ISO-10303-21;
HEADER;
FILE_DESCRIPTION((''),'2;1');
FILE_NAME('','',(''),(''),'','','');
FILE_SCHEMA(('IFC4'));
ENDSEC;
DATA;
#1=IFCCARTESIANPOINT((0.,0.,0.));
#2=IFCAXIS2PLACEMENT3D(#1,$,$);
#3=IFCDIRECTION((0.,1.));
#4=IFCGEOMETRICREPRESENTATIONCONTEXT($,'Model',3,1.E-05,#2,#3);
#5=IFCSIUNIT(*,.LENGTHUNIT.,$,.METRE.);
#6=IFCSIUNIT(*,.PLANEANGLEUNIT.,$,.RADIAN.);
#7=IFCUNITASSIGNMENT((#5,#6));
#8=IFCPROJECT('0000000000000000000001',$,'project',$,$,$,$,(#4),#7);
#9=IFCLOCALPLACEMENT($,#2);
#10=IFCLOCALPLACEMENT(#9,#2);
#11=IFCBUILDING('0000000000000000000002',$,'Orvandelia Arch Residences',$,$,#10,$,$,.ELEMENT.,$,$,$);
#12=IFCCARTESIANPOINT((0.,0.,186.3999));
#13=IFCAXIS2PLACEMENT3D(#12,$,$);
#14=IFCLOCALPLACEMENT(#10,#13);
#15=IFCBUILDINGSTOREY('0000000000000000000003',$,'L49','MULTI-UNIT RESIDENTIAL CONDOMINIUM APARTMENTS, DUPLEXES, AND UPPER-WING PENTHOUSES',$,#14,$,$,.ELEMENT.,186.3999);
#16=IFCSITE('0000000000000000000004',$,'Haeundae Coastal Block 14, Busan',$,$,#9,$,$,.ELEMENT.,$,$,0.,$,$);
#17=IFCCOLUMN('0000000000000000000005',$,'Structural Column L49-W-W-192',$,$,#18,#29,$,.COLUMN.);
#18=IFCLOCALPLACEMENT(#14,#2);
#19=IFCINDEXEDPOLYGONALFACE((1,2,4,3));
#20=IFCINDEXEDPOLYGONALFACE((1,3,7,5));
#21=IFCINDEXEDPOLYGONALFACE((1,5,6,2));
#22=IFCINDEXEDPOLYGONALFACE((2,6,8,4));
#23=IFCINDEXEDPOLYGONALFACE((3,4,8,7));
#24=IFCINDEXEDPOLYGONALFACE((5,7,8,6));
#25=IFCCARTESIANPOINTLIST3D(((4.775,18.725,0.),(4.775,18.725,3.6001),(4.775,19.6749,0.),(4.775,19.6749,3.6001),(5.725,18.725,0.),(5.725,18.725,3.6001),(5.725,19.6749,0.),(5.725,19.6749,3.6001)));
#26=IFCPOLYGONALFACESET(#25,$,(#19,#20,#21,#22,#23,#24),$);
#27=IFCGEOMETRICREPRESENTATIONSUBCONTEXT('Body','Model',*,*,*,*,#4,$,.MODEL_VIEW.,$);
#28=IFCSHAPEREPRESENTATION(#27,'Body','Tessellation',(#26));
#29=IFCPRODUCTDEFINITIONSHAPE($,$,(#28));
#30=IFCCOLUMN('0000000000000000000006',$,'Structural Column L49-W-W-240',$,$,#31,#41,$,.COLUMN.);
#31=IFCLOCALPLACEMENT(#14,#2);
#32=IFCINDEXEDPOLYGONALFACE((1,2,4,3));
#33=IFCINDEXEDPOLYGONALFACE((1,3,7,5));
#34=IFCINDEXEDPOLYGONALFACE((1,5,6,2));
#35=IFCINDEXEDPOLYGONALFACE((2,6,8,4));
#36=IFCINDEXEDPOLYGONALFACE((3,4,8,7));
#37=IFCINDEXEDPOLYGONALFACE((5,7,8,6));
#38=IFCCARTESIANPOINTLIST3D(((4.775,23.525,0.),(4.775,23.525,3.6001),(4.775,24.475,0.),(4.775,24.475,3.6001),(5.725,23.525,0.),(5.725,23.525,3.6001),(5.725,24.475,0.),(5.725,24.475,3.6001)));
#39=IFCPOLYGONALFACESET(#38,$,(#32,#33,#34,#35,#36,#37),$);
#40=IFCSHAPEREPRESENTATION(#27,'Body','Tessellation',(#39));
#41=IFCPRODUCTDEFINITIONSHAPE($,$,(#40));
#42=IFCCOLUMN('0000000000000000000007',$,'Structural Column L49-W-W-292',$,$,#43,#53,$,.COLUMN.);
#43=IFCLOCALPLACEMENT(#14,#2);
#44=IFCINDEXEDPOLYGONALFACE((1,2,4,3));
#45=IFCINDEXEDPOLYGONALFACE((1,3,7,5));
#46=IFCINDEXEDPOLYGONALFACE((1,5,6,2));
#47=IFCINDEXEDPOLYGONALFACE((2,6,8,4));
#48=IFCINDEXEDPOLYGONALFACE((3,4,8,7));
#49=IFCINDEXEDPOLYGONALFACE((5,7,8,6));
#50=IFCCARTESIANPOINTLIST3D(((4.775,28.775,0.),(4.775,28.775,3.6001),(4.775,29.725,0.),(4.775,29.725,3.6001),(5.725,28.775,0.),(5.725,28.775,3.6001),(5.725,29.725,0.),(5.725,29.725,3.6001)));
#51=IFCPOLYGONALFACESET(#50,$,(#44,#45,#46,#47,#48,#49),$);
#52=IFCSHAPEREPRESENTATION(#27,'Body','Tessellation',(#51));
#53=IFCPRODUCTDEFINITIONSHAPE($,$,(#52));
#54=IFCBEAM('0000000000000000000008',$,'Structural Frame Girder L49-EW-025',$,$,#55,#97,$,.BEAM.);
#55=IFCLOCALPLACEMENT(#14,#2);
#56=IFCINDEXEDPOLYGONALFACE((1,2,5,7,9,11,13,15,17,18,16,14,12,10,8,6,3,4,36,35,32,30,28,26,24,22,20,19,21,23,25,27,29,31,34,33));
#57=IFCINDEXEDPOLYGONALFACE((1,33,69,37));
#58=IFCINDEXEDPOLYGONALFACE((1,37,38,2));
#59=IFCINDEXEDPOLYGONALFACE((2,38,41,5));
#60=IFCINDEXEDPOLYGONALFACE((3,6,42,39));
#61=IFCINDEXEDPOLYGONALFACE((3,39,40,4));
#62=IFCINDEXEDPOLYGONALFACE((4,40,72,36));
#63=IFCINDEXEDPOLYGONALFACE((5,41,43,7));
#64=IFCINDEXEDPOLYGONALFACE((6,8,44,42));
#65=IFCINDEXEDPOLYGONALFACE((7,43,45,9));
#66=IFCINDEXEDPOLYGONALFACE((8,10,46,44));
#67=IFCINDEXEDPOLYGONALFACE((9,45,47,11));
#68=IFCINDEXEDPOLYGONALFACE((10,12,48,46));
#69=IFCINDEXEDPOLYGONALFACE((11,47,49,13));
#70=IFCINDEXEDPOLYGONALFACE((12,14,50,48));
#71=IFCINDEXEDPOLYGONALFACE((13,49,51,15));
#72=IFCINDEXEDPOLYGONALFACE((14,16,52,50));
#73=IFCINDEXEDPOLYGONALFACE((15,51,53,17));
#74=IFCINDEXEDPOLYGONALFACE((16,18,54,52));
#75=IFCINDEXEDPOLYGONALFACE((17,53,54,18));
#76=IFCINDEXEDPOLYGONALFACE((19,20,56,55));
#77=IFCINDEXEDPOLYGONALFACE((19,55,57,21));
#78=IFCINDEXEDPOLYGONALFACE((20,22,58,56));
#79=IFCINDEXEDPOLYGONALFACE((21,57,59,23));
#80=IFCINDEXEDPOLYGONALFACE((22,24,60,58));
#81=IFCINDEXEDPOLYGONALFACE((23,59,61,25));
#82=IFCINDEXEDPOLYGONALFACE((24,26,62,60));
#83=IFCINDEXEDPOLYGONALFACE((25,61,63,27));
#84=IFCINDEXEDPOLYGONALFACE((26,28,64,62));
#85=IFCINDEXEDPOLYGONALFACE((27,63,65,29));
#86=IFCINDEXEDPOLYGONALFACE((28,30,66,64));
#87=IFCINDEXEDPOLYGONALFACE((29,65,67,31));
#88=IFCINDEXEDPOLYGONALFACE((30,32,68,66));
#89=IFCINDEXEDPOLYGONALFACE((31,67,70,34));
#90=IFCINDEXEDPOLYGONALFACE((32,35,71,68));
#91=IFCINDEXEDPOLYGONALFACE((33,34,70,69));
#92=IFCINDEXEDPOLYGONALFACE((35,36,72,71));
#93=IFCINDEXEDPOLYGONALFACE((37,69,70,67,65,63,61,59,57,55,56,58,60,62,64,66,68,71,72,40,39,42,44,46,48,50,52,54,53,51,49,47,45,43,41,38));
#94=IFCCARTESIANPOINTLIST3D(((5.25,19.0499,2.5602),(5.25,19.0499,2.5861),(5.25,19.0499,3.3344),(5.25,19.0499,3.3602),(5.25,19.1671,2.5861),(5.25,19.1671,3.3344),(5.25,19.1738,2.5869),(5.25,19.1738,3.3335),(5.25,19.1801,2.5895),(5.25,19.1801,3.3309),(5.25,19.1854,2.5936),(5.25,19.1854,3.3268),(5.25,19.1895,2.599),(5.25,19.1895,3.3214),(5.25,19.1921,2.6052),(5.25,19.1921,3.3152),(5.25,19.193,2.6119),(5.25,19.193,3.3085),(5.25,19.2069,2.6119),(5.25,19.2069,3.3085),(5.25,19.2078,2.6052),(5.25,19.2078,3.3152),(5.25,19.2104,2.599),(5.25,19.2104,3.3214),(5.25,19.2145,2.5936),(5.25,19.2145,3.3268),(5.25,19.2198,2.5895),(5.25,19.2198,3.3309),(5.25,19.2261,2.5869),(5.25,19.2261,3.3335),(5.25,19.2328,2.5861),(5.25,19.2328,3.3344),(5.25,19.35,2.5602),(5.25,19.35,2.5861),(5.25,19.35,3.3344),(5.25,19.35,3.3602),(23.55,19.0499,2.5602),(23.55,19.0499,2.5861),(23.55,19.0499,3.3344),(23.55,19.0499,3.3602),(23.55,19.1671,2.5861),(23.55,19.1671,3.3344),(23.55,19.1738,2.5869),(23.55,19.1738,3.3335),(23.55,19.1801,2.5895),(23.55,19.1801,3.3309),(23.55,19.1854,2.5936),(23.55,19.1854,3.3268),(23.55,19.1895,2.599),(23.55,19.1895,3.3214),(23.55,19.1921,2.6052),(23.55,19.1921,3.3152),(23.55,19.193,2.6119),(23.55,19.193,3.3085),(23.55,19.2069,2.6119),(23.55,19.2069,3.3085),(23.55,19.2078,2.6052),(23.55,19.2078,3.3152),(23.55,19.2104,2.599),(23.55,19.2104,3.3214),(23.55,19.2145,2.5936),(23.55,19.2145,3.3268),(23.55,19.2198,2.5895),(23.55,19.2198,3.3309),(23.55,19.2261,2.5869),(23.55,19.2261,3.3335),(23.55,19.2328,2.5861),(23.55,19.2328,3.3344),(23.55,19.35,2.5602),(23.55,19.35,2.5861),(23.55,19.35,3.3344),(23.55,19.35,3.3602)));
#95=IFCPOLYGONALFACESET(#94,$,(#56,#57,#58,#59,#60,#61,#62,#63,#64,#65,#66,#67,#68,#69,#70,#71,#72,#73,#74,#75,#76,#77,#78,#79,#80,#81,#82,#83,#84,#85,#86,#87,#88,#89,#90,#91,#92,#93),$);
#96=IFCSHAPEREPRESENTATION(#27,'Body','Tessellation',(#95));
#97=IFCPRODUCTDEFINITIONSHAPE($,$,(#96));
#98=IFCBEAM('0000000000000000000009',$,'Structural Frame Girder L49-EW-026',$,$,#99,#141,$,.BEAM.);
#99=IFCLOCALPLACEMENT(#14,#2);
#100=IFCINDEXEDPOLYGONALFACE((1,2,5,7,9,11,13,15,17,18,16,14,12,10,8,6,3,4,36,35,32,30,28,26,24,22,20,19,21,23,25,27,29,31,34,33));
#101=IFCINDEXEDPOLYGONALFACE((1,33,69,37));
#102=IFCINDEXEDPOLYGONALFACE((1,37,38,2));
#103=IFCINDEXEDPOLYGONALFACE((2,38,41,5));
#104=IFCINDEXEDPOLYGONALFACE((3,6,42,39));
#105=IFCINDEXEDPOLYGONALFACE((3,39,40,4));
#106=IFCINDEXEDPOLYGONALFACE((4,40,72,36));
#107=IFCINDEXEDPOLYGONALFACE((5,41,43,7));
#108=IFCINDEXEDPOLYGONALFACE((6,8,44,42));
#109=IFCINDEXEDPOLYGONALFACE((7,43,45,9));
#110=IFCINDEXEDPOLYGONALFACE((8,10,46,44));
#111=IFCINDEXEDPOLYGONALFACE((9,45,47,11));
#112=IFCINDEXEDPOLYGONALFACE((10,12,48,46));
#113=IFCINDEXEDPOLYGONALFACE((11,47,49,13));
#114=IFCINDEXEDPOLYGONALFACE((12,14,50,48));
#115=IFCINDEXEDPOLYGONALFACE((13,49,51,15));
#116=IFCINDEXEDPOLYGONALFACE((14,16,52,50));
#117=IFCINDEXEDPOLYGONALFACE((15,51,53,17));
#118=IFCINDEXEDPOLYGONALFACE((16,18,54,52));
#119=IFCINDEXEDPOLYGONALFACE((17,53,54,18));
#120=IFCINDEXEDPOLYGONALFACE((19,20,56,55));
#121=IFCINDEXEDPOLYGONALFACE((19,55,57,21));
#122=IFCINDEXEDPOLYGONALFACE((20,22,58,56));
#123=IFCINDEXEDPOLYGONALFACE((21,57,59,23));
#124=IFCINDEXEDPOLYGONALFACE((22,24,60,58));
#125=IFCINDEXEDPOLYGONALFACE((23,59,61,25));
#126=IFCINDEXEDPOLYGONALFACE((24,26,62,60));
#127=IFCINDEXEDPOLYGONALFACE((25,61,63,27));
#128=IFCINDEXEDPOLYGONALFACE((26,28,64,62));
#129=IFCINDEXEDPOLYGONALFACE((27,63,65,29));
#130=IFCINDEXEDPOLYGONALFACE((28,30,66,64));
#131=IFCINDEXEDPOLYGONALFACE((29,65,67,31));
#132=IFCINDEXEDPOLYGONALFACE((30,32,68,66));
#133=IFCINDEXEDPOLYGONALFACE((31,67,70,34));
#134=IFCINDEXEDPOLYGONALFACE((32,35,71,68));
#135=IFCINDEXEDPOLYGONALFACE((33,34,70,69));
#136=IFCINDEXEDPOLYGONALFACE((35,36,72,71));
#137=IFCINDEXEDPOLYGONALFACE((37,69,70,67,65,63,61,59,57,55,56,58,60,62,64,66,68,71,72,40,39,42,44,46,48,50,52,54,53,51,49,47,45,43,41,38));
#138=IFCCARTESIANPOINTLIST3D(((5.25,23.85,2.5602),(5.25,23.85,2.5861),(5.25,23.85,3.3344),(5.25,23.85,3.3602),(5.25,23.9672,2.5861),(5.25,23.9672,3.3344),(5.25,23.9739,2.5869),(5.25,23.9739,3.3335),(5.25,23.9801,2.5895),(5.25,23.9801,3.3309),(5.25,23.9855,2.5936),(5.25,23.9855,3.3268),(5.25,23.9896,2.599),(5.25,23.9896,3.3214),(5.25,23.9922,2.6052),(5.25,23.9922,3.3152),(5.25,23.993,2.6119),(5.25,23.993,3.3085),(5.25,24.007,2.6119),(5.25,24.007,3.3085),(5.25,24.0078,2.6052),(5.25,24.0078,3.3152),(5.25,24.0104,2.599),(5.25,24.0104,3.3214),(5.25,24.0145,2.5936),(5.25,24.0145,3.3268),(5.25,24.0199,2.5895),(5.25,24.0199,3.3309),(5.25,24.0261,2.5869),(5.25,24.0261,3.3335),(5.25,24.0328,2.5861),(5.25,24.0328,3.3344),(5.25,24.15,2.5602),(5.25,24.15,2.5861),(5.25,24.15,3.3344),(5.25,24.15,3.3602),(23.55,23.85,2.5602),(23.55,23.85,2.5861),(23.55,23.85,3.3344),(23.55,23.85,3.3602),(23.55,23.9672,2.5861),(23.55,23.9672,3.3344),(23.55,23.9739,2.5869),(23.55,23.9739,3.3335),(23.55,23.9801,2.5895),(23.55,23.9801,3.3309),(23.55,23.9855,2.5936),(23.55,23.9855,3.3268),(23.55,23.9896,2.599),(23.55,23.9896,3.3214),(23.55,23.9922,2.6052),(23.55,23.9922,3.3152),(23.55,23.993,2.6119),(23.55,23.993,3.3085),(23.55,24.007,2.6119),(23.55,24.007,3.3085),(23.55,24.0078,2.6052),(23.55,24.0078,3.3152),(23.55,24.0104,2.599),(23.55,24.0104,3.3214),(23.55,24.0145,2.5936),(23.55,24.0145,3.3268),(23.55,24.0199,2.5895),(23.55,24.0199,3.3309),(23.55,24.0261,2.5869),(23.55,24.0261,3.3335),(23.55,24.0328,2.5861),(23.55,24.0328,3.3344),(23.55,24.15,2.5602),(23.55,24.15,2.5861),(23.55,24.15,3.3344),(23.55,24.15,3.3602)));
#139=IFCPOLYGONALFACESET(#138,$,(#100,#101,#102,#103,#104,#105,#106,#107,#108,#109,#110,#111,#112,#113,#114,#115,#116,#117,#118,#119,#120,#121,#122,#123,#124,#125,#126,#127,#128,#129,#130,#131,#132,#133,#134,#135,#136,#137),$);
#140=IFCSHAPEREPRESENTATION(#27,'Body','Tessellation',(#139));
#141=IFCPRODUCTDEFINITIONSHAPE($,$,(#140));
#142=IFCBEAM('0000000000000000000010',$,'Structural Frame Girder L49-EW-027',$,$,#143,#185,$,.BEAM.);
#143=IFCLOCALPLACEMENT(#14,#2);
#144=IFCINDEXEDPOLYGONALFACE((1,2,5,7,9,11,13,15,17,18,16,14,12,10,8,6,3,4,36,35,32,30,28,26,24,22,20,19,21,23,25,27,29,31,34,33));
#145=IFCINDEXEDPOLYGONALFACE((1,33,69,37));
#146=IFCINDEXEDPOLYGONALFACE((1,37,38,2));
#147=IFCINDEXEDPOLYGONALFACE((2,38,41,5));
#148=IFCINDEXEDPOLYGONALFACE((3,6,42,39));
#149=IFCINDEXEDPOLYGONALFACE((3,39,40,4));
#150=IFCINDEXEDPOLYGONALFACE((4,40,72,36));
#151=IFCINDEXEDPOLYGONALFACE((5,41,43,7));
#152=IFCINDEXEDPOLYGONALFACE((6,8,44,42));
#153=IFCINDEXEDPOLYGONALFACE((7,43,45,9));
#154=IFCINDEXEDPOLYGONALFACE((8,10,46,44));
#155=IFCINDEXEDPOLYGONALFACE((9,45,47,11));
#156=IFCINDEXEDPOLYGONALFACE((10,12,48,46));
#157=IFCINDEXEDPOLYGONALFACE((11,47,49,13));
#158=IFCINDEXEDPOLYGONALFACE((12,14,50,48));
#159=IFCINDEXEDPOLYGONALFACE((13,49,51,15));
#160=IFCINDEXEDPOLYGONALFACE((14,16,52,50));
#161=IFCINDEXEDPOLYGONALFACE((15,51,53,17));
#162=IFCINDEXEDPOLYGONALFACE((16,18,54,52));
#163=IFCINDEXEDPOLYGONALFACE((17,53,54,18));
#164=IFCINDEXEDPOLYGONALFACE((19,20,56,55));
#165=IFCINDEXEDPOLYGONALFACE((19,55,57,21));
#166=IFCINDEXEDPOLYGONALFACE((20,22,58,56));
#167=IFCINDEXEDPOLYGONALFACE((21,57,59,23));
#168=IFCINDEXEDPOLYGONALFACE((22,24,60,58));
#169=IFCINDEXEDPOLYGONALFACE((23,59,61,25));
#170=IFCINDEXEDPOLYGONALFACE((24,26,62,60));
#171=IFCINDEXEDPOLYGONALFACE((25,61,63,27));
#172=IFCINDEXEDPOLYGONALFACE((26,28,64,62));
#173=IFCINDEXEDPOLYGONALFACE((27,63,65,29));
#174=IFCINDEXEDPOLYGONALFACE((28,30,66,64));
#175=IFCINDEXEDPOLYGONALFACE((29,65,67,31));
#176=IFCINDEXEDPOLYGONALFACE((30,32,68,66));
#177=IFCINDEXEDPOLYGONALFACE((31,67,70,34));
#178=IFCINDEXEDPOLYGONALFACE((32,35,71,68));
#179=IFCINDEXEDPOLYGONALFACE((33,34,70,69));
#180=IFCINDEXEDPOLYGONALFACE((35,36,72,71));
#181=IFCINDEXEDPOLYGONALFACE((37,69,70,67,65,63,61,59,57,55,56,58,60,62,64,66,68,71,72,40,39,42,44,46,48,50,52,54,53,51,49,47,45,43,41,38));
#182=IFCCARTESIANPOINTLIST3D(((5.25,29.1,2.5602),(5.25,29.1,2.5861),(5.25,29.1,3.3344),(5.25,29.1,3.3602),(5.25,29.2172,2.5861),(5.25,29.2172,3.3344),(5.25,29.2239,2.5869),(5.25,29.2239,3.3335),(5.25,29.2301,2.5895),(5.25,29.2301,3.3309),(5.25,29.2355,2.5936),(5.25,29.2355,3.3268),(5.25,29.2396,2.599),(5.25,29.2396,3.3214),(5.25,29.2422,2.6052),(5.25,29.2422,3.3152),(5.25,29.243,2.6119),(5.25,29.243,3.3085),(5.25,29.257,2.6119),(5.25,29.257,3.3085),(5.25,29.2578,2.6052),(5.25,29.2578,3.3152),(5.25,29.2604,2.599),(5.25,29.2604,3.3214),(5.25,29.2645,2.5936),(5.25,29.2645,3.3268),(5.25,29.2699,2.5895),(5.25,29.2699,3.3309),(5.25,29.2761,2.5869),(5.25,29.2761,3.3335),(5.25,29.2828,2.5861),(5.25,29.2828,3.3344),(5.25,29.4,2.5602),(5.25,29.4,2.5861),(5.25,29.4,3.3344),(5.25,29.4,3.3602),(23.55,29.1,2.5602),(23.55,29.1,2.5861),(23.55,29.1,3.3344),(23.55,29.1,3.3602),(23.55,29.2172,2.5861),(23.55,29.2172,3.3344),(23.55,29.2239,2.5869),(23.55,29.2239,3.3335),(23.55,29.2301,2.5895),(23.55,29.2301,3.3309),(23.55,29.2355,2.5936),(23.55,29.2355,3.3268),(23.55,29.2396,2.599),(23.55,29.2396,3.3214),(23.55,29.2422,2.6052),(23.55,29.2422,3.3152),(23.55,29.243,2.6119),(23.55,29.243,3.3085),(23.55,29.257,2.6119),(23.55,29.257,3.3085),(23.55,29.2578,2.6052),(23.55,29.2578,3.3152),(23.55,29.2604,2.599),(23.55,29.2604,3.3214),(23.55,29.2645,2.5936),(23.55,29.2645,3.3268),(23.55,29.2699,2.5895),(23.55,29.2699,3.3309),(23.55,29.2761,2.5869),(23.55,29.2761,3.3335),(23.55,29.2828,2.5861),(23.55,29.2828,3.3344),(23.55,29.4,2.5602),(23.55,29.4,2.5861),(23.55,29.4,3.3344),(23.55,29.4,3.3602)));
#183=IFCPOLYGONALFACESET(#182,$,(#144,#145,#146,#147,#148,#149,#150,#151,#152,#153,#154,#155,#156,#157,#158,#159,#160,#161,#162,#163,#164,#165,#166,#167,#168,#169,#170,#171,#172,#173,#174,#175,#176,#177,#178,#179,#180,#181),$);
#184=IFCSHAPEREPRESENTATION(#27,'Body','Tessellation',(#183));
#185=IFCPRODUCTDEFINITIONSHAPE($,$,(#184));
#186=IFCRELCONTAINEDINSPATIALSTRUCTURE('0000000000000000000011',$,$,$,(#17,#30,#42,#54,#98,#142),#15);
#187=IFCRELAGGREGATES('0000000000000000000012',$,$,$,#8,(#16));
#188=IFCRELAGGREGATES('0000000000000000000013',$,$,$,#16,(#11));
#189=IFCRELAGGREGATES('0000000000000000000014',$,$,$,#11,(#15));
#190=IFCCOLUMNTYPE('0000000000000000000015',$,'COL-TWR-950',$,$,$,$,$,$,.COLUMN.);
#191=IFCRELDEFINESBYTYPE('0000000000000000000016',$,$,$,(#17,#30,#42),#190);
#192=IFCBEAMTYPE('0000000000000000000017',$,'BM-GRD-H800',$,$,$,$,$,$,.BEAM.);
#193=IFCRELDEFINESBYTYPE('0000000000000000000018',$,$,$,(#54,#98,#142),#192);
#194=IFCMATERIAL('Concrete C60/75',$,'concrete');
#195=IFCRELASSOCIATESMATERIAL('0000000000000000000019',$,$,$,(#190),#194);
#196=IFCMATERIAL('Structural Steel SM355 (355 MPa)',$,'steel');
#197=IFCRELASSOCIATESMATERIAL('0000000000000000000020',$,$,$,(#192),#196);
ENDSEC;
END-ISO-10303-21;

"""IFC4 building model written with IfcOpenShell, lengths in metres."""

from ifc_helpers import new_model, si_unit, direction, frame, origin, origin_2d, place, context, subcontext, project, spatial, rectangle, i_section, extrude, material, material_profile, profile_set, type_object, element, save


model = new_model("IFC4")

# Units and contexts
model_context = context("Model", 3, precision=1e-05, world=origin(), true_north=direction((0.0, 1.0)))
body_context = subcontext(model_context, "Body", "Model", "MODEL_VIEW")
ifc_project = project(units=[si_unit("LENGTHUNIT", "METRE"), si_unit("PLANEANGLEUNIT", "RADIAN")], contexts=[model_context])

# Site, building, storey
site_placement = place(None, origin())
site = spatial("IfcSite", under=ifc_project, at=site_placement, Name="Haeundae Coastal Block 14, Busan", CompositionType="ELEMENT", RefElevation=0.0)
building_placement = place(site_placement, origin())
building = spatial("IfcBuilding", under=site, at=building_placement, Name="Orvandelia Arch Residences", CompositionType="ELEMENT")
storey_placement = place(building_placement, frame((0.0, 0.0, 186.3999)))
storey = spatial("IfcBuildingStorey", under=building, at=storey_placement, Name="L49", Description="MULTI-UNIT RESIDENTIAL CONDOMINIUM APARTMENTS, DUPLEXES, AND UPPER-WING PENTHOUSES", CompositionType="ELEMENT", Elevation=186.3999)

# Columns
ifc_material_1 = material(Name="Concrete C60/75", Category="concrete")
ifc_material_profile_1 = material_profile(ifc_material_1, rectangle(XDim=0.95, YDim=0.95, at=origin_2d()), Name="Concrete C60/75", Category="concrete")
ifc_profile_set_1 = profile_set([ifc_material_profile_1], Name="Concrete C60/75")
column_type = type_object("IfcColumnType", Name="COL-TWR-950", PredefinedType="COLUMN", material=ifc_profile_set_1)
for number, where, z_axis, x_axis, name in (
    (1, (5.25, 19.2, 0.0), (0.0, 0.0, 1.0), (1.0, 0.0, 0.0), "Structural Column L49-W-W-192"),
    (2, (5.25, 24.0, 0.0), (0.0, 0.0, 1.0), (1.0, 0.0, 0.0), "Structural Column L49-W-W-240"),
    (3, (5.25, 29.25, 0.0), (0.0, 0.0, 1.0), (1.0, 0.0, 0.0), "Structural Column L49-W-W-292"),
):
    element("IfcColumn", number, at=place(storey_placement, frame(where, z_axis=z_axis, x_axis=x_axis)), inside=storey, type_object=column_type, Name=name, PredefinedType="COLUMN", context=body_context, shape_type="SweptSolid", body=[
        extrude(rectangle(XDim=0.95, YDim=0.95, at=origin_2d()), origin(), (0.0, 0.0, 1.0), 3.6001),
    ])

# Beams
ifc_material_2 = material(Name="Structural Steel SM355 (355 MPa)", Category="steel")
ifc_material_profile_2 = material_profile(ifc_material_2, i_section(OverallWidth=0.3, OverallDepth=0.8, WebThickness=0.0139, FlangeThickness=0.0259, FilletRadius=0.0259, at=origin_2d()), Name="Structural Steel SM355 (355 MPa)", Category="steel")
ifc_profile_set_2 = profile_set([ifc_material_profile_2], Name="Structural Steel SM355 (355 MPa)")
beam_type_1 = type_object("IfcBeamType", Name="BM-GRD-H800", PredefinedType="BEAM", material=ifc_profile_set_2)
for number, where, z_axis, x_axis, name in (
    (4, (5.25, 19.2, 2.9602), (1.0, 0.0, 0.0), (0.0, 1.0, 0.0), "Structural Frame Girder L49-EW-025"),
    (5, (5.25, 24.0, 2.9602), (1.0, 0.0, 0.0), (0.0, 1.0, 0.0), "Structural Frame Girder L49-EW-026"),
    (6, (5.25, 29.25, 2.9602), (1.0, 0.0, 0.0), (0.0, 1.0, 0.0), "Structural Frame Girder L49-EW-027"),
):
    element("IfcBeam", number, at=place(storey_placement, frame(where, z_axis=z_axis, x_axis=x_axis)), inside=storey, type_object=beam_type_1, Name=name, PredefinedType="BEAM", context=body_context, shape_type="SweptSolid", body=[
        extrude(i_section(OverallWidth=0.3, OverallDepth=0.8, WebThickness=0.0139, FlangeThickness=0.0259, FilletRadius=0.0259, at=origin_2d()), origin(), (0.0, 0.0, 1.0), 18.3),
    ])

save(model, "model.ifc")
